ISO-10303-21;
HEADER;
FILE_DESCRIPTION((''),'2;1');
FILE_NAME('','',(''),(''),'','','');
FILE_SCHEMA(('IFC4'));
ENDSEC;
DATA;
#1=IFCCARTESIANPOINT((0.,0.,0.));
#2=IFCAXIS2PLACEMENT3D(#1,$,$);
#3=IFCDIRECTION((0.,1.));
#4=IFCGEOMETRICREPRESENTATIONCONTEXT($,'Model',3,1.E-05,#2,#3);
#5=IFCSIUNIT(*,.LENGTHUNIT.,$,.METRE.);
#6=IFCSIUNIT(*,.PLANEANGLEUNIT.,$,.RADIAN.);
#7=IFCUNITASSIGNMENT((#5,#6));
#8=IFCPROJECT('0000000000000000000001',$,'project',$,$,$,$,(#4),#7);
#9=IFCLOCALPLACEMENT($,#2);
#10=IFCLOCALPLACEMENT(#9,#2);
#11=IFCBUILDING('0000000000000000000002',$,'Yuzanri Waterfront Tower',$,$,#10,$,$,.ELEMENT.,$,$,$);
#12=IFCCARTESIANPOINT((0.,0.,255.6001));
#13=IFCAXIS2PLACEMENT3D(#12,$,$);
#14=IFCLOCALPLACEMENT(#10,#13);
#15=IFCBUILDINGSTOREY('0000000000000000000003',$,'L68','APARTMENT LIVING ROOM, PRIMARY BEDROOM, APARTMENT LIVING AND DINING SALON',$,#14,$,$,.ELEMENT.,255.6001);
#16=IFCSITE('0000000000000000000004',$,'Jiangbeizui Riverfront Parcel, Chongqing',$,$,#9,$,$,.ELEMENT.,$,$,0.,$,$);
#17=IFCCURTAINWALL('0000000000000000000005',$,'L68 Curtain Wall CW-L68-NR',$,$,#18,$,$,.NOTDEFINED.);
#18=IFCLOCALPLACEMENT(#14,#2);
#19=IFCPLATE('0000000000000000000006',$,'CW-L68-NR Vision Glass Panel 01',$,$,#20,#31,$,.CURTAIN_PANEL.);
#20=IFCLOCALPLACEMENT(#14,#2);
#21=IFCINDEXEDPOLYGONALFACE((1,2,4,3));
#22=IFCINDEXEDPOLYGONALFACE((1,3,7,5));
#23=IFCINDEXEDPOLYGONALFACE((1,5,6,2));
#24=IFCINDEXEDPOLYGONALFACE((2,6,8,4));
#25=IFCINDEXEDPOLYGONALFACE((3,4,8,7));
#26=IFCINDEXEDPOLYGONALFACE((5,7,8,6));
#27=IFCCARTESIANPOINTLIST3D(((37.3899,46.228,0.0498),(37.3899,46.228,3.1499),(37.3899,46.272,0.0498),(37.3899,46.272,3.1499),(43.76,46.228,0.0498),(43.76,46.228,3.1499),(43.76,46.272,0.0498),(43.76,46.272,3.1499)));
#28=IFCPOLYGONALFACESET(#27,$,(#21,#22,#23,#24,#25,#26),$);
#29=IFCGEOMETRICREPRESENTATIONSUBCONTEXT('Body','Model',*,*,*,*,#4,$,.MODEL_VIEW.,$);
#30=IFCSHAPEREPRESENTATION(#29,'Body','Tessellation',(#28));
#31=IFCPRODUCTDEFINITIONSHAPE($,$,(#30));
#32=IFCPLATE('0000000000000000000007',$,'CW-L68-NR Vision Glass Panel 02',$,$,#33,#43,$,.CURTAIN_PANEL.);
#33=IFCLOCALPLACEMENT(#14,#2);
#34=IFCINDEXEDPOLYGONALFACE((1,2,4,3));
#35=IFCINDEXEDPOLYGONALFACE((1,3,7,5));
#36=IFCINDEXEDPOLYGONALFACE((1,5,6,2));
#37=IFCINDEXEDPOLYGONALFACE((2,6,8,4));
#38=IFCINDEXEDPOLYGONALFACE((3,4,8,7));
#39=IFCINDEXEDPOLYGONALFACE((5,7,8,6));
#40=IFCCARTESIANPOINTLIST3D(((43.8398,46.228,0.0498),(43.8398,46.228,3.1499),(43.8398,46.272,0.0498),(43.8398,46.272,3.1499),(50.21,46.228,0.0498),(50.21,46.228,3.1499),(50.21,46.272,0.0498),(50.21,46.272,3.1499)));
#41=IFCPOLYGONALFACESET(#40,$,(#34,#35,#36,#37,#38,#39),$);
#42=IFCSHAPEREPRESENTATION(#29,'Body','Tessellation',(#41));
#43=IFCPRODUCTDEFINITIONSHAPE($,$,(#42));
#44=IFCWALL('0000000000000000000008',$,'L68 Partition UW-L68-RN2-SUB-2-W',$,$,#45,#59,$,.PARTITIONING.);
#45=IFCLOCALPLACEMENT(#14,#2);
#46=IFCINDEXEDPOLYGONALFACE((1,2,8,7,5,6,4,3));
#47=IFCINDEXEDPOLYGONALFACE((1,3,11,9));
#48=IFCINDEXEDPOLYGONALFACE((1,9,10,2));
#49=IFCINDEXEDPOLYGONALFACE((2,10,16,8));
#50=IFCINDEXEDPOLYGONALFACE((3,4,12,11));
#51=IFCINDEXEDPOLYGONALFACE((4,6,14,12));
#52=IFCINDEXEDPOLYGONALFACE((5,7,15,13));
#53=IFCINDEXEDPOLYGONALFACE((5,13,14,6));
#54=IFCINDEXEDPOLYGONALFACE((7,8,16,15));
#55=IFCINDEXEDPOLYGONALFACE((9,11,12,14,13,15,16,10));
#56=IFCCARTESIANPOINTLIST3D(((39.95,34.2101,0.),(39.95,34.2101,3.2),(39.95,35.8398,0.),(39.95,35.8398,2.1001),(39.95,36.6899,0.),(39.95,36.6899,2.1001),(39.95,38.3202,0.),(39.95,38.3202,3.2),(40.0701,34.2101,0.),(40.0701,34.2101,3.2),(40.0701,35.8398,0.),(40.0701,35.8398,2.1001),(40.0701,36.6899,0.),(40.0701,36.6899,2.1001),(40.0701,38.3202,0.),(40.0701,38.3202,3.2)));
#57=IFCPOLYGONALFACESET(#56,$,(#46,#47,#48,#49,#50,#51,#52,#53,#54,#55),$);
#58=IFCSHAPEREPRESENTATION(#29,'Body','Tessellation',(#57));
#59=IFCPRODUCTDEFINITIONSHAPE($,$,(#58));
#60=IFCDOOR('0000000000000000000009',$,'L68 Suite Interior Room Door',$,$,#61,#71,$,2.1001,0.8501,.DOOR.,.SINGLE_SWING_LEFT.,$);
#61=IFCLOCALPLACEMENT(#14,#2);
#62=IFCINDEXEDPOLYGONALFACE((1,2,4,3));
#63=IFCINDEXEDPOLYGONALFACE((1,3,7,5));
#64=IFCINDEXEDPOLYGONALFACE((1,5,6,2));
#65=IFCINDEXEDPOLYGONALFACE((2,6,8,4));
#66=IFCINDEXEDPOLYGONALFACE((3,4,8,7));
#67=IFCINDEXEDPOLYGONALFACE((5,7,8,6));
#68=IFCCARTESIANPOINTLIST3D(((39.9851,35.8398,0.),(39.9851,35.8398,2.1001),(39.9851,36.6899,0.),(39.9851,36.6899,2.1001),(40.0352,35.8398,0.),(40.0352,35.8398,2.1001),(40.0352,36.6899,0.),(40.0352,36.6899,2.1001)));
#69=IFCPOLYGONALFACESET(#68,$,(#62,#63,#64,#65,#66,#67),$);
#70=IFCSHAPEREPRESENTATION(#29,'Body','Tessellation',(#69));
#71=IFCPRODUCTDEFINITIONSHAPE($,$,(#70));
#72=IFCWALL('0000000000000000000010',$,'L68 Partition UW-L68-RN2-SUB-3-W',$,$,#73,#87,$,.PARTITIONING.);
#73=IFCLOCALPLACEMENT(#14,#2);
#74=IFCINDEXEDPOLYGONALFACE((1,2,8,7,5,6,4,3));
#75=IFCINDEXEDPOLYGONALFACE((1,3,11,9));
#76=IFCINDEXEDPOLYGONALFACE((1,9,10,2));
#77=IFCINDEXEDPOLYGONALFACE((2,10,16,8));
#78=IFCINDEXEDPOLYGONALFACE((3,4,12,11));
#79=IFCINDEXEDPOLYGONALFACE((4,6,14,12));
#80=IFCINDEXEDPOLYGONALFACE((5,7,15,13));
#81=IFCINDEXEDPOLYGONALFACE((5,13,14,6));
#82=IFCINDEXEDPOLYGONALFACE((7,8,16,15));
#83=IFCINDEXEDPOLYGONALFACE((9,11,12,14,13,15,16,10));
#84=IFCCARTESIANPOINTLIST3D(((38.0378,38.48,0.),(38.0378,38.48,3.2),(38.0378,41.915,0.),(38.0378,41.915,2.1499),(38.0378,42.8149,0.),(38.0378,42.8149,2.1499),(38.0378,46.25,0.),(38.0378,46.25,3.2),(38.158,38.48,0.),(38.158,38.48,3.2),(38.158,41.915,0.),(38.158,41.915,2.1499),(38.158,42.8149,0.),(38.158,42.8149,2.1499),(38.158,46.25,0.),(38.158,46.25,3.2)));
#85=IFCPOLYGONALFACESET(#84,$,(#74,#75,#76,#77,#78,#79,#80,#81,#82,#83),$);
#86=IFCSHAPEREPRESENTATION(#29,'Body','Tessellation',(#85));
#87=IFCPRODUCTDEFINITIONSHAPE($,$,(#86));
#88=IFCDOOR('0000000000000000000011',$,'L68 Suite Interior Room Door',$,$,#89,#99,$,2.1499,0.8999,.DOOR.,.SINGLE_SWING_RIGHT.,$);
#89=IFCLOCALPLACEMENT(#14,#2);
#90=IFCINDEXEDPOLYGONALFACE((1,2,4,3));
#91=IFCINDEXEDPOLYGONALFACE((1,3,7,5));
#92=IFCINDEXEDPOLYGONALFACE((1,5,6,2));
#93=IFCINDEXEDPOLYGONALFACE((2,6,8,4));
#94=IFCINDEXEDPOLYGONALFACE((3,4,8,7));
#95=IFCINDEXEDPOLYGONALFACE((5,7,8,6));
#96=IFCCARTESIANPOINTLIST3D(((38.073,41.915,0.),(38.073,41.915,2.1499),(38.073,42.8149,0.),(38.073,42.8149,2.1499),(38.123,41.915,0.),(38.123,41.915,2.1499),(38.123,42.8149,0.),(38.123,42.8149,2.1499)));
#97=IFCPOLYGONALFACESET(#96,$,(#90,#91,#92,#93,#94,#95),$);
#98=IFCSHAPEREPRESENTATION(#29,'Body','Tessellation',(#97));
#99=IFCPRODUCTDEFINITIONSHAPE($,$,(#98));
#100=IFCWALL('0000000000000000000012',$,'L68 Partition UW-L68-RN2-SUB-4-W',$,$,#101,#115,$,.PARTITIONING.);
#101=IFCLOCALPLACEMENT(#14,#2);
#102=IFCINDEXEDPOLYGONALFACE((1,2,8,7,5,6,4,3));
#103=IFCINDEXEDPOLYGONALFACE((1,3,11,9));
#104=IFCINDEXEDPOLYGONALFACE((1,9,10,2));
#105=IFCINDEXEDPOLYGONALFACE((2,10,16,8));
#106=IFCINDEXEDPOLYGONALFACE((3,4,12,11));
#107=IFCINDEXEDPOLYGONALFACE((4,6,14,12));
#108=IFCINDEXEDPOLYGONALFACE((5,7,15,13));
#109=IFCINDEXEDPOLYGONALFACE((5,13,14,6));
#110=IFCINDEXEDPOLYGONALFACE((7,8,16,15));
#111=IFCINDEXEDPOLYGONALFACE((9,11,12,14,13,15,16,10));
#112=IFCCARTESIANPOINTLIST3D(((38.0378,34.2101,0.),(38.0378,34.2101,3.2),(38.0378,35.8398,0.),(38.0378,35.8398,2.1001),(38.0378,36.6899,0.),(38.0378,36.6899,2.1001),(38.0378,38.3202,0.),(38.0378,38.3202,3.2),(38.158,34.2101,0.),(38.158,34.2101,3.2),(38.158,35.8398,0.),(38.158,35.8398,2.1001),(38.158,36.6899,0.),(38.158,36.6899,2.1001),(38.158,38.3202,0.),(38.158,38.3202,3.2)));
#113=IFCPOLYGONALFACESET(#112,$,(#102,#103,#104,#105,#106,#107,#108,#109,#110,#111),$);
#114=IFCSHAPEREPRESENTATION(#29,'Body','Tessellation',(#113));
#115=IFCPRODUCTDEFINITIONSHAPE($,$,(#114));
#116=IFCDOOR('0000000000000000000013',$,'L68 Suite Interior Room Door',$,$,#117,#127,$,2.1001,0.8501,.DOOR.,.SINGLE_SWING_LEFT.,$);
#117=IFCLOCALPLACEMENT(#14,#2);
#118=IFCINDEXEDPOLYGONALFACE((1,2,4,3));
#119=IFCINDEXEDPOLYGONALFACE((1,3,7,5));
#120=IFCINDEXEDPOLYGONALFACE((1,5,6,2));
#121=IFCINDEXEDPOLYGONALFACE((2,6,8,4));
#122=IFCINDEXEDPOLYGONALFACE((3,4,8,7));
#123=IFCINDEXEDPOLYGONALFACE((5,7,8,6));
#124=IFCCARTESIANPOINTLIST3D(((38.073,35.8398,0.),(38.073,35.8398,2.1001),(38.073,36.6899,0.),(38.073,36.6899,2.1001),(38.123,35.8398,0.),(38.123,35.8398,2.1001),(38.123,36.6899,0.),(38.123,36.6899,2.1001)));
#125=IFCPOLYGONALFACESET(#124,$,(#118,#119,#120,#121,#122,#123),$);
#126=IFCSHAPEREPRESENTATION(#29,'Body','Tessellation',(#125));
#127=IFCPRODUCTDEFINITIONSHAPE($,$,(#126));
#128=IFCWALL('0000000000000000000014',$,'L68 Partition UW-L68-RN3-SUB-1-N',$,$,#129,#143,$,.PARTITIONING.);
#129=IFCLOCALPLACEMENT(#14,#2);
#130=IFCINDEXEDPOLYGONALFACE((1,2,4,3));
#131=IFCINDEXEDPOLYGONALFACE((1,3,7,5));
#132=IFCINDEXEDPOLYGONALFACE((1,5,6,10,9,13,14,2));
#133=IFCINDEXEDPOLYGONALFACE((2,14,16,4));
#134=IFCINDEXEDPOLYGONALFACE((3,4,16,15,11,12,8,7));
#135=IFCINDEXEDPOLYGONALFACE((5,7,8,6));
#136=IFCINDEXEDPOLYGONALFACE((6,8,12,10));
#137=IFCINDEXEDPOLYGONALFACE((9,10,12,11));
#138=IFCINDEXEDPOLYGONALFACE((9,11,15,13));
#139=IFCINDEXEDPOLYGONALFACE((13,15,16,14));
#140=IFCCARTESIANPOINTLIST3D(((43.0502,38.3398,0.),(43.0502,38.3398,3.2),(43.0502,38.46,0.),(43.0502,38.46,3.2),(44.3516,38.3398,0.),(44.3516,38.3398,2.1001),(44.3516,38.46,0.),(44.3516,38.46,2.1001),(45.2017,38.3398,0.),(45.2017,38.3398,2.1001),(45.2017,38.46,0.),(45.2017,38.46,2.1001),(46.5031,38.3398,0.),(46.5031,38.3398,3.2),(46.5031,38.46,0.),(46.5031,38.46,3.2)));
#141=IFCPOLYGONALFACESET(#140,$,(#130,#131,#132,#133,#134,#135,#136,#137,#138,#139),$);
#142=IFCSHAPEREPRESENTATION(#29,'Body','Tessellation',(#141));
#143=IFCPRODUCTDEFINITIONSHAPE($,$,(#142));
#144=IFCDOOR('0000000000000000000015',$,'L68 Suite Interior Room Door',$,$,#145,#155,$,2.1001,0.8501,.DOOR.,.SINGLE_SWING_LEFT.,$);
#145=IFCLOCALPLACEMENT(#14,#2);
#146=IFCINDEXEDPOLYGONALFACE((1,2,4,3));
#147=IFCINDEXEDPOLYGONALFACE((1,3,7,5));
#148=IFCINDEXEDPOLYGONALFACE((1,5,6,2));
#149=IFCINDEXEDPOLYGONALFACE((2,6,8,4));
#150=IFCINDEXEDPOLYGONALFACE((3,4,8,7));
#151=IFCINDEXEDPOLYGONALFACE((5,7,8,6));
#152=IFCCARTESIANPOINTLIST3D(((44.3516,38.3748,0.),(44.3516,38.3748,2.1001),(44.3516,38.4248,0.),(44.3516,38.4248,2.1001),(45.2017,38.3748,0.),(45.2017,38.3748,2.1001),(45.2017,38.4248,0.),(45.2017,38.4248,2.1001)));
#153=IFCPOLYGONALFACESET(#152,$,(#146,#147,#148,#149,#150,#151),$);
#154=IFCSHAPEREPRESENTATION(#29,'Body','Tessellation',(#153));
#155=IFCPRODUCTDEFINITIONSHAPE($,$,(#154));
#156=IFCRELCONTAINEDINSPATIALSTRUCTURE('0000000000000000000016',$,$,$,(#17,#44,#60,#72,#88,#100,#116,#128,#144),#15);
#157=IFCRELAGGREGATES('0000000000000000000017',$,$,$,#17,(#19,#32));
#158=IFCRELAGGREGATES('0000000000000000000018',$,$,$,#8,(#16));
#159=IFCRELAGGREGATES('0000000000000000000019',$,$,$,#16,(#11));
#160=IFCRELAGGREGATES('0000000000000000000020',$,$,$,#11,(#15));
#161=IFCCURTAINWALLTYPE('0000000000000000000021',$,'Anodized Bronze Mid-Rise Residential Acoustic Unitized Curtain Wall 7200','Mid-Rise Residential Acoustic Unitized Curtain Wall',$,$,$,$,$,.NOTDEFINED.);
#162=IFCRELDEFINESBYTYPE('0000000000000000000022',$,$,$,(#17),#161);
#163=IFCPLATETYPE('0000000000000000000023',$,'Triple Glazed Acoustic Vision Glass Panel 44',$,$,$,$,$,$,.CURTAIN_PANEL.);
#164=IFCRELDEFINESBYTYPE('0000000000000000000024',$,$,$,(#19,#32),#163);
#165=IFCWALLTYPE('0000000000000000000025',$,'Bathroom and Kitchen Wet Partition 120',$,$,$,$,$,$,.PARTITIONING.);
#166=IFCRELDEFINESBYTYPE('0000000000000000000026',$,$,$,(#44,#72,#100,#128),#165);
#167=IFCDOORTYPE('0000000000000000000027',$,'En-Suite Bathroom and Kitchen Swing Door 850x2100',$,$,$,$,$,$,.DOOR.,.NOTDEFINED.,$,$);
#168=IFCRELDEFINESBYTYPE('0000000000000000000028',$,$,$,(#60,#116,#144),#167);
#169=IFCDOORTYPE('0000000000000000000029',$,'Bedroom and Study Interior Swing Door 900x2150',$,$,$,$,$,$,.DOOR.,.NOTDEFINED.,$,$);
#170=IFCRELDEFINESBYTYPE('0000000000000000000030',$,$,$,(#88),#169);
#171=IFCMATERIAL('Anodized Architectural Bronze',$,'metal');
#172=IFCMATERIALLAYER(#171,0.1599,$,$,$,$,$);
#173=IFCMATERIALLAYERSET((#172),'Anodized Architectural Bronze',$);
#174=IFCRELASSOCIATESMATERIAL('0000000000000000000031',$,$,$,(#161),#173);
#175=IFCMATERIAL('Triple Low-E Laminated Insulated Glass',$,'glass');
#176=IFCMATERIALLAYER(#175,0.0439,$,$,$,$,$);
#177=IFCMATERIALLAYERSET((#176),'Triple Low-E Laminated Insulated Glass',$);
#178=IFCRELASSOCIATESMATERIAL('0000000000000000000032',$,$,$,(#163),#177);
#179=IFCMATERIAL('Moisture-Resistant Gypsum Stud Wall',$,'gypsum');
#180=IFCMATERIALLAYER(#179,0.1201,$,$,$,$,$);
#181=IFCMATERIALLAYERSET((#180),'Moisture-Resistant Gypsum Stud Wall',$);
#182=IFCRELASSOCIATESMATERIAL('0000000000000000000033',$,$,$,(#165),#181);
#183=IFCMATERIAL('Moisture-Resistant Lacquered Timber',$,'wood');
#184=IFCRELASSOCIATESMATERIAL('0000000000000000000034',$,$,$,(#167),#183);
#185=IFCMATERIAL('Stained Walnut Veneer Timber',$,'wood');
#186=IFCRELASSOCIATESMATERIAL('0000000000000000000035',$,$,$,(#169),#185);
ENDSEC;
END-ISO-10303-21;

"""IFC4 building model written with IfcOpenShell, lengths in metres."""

from ifc_helpers import new_model, si_unit, direction, frame, frame_2d, origin, origin_2d, place, context, subcontext, project, spatial, rectangle, extrude, source, transform, mapped, material, layer, layer_set, type_object, element, fill, aggregate, save


model = new_model("IFC4")

# Units and contexts
model_context = context("Model", 3, precision=1e-05, world=origin(), true_north=direction((0.0, 1.0)))
body_context = subcontext(model_context, "Body", "Model", "MODEL_VIEW")
ifc_project = project(units=[si_unit("LENGTHUNIT", "METRE"), si_unit("PLANEANGLEUNIT", "RADIAN")], contexts=[model_context])

# Site, building, storey
site_placement = place(None, origin())
site = spatial("IfcSite", under=ifc_project, at=site_placement, Name="Jiangbeizui Riverfront Parcel, Chongqing", CompositionType="ELEMENT", RefElevation=0.0)
building_placement = place(site_placement, origin())
building = spatial("IfcBuilding", under=site, at=building_placement, Name="Yuzanri Waterfront Tower", CompositionType="ELEMENT")
storey_placement = place(building_placement, frame((0.0, 0.0, 255.6001)))
storey = spatial("IfcBuildingStorey", under=building, at=storey_placement, Name="L68", Description="APARTMENT LIVING ROOM, PRIMARY BEDROOM, APARTMENT LIVING AND DINING SALON", CompositionType="ELEMENT", Elevation=255.6001)

# Curtain wall, plates
ifc_material_1 = material(Name="Anodized Architectural Bronze", Category="metal")
ifc_layer_1 = layer(ifc_material_1, 0.1599)
ifc_layer_set_1 = layer_set([ifc_layer_1], Name="Anodized Architectural Bronze")
curtain_wall_type = type_object("IfcCurtainWallType", Name="Anodized Bronze Mid-Rise Residential Acoustic Unitized Curtain Wall 7200", Description="Mid-Rise Residential Acoustic Unitized Curtain Wall", PredefinedType="NOTDEFINED", material=ifc_layer_set_1)
curtain_wall_placement = place(storey_placement, origin())
curtain_wall = element("IfcCurtainWall", 1, at=curtain_wall_placement, inside=storey, type_object=curtain_wall_type, Name="L68 Curtain Wall CW-L68-NR", PredefinedType="NOTDEFINED")
ifc_material_2 = material(Name="Triple Low-E Laminated Insulated Glass", Category="glass")
ifc_layer_2 = layer(ifc_material_2, 0.0439)
ifc_layer_set_2 = layer_set([ifc_layer_2], Name="Triple Low-E Laminated Insulated Glass")
plate_type = type_object("IfcPlateType", Name="Triple Glazed Acoustic Vision Glass Panel 44", PredefinedType="CURTAIN_PANEL", material=ifc_layer_set_2)
shared_shape_1 = source(origin(), body_context, "Body", "SweptSolid", [
    extrude(rectangle(XDim=6.3701, YDim=0.0439, at=origin_2d()), origin(), (0.0, 0.0, 1.0), 3.1001),
])
plate_1_placement = place(storey_placement, frame((40.575, 46.25, 0.0498), z_axis=(0.0, 0.0, 1.0), x_axis=(1.0, 0.0, 0.0)))
plate_1 = element("IfcPlate", 2, at=plate_1_placement, type_object=plate_type, Name="CW-L68-NR Vision Glass Panel 01", PredefinedType="CURTAIN_PANEL", context=body_context, shape_type="MappedRepresentation", body=[
    mapped(shared_shape_1, transform((0.0, 0.0, 0.0), scale=1.0)),
])
plate_2_placement = place(storey_placement, frame((47.0249, 46.25, 0.0498), z_axis=(0.0, 0.0, 1.0), x_axis=(1.0, 0.0, 0.0)))
plate_2 = element("IfcPlate", 3, at=plate_2_placement, type_object=plate_type, Name="CW-L68-NR Vision Glass Panel 02", PredefinedType="CURTAIN_PANEL", context=body_context, shape_type="MappedRepresentation", body=[
    mapped(shared_shape_1, transform((0.0, 0.0, 0.0), scale=1.0)),
])
aggregate(curtain_wall, [plate_1, plate_2])

# Walls, openings, doors
ifc_material_3 = material(Name="Moisture-Resistant Gypsum Stud Wall", Category="gypsum")
ifc_layer_3 = layer(ifc_material_3, 0.1201)
ifc_layer_set_3 = layer_set([ifc_layer_3], Name="Moisture-Resistant Gypsum Stud Wall")
wall_type_1 = type_object("IfcWallType", Name="Bathroom and Kitchen Wet Partition 120", PredefinedType="PARTITIONING", material=ifc_layer_set_3)
wall_1_placement = place(storey_placement, frame((40.01, 34.21, 0.0), z_axis=(0.0, 0.0, 1.0), x_axis=(0.0, 1.0, 0.0)))
wall_1 = element("IfcWall", 4, at=wall_1_placement, inside=storey, type_object=wall_type_1, Name="L68 Partition UW-L68-RN2-SUB-2-W", PredefinedType="PARTITIONING", context=body_context, shape_type="SweptSolid", body=[
    extrude(rectangle(XDim=4.1101, YDim=0.1201, at=frame_2d((2.0552, 0.0))), origin(), (0.0, 0.0, 1.0), 3.2),
])
opening_1_placement = place(wall_1_placement, frame((1.6299, 0.0, 0.0)))
opening_1 = element("IfcOpeningElement", 5, at=opening_1_placement, cuts=wall_1, PredefinedType="OPENING", context=body_context, shape_type="SweptSolid", body=[
    extrude(rectangle(XDim=0.8501, YDim=2.1001, at=frame_2d((0.425, 1.05))), frame((0.0, 0.075, 0.0), z_axis=(0.0, -1.0, 0.0), x_axis=(1.0, 0.0, 0.0)), (0.0, 0.0, 1.0), 0.1499),
])
ifc_material_4 = material(Name="Moisture-Resistant Lacquered Timber", Category="wood")
door_type_1 = type_object("IfcDoorType", Name="En-Suite Bathroom and Kitchen Swing Door 850x2100", OperationType="NOTDEFINED", PredefinedType="DOOR", material=ifc_material_4)
shared_shape_2 = source(origin(), body_context, "Body", "SweptSolid", [
    extrude(rectangle(XDim=0.8501, YDim=2.1001, at=frame_2d((0.425, 1.05))), frame((0.0, 0.0249, 0.0), z_axis=(0.0, -1.0, 0.0), x_axis=(1.0, 0.0, 0.0)), (0.0, 0.0, 1.0), 0.05),
])
door_1_placement = place(opening_1_placement, origin())
door_1 = element("IfcDoor", 6, at=door_1_placement, inside=storey, type_object=door_type_1, Name="L68 Suite Interior Room Door", OperationType="SINGLE_SWING_LEFT", OverallHeight=2.1001, OverallWidth=0.8501, PredefinedType="DOOR", context=body_context, shape_type="MappedRepresentation", body=[
    mapped(shared_shape_2, transform((0.0, 0.0, 0.0), scale=1.0)),
])
fill(opening_1, door_1)
wall_2_placement = place(storey_placement, frame((38.0979, 38.48, 0.0), z_axis=(0.0, 0.0, 1.0), x_axis=(0.0, 1.0, 0.0)))
wall_2 = element("IfcWall", 7, at=wall_2_placement, inside=storey, type_object=wall_type_1, Name="L68 Partition UW-L68-RN2-SUB-3-W", PredefinedType="PARTITIONING", context=body_context, shape_type="SweptSolid", body=[
    extrude(rectangle(XDim=7.77, YDim=0.1201, at=frame_2d((3.885, 0.0))), origin(), (0.0, 0.0, 1.0), 3.2),
])
opening_2_placement = place(wall_2_placement, frame((3.4351, 0.0, 0.0)))
opening_2 = element("IfcOpeningElement", 8, at=opening_2_placement, cuts=wall_2, PredefinedType="OPENING", context=body_context, shape_type="SweptSolid", body=[
    extrude(rectangle(XDim=0.8999, YDim=2.1499, at=frame_2d((0.45, 1.075))), frame((0.0, 0.075, 0.0), z_axis=(0.0, -1.0, 0.0), x_axis=(1.0, 0.0, 0.0)), (0.0, 0.0, 1.0), 0.1499),
])
ifc_material_5 = material(Name="Stained Walnut Veneer Timber", Category="wood")
door_type_2 = type_object("IfcDoorType", Name="Bedroom and Study Interior Swing Door 900x2150", OperationType="NOTDEFINED", PredefinedType="DOOR", material=ifc_material_5)
shared_shape_3 = source(origin(), body_context, "Body", "SweptSolid", [
    extrude(rectangle(XDim=0.8999, YDim=2.1499, at=frame_2d((0.45, 1.075))), frame((0.0, 0.0249, 0.0), z_axis=(0.0, -1.0, 0.0), x_axis=(1.0, 0.0, 0.0)), (0.0, 0.0, 1.0), 0.05),
])
door_2_placement = place(opening_2_placement, origin())
door_2 = element("IfcDoor", 9, at=door_2_placement, inside=storey, type_object=door_type_2, Name="L68 Suite Interior Room Door", OperationType="SINGLE_SWING_RIGHT", OverallHeight=2.1499, OverallWidth=0.8999, PredefinedType="DOOR", context=body_context, shape_type="MappedRepresentation", body=[
    mapped(shared_shape_3, transform((0.0, 0.0, 0.0), scale=1.0)),
])
fill(opening_2, door_2)
wall_3_placement = place(storey_placement, frame((38.0979, 34.21, 0.0), z_axis=(0.0, 0.0, 1.0), x_axis=(0.0, 1.0, 0.0)))
wall_3 = element("IfcWall", 10, at=wall_3_placement, inside=storey, type_object=wall_type_1, Name="L68 Partition UW-L68-RN2-SUB-4-W", PredefinedType="PARTITIONING", context=body_context, shape_type="SweptSolid", body=[
    extrude(rectangle(XDim=4.1101, YDim=0.1201, at=frame_2d((2.0552, 0.0))), origin(), (0.0, 0.0, 1.0), 3.2),
])
opening_3_placement = place(wall_3_placement, frame((1.6299, 0.0, 0.0)))
opening_3 = element("IfcOpeningElement", 11, at=opening_3_placement, cuts=wall_3, PredefinedType="OPENING", context=body_context, shape_type="SweptSolid", body=[
    extrude(rectangle(XDim=0.8501, YDim=2.1001, at=frame_2d((0.425, 1.05))), frame((0.0, 0.075, 0.0), z_axis=(0.0, -1.0, 0.0), x_axis=(1.0, 0.0, 0.0)), (0.0, 0.0, 1.0), 0.1499),
])
door_3_placement = place(opening_3_placement, origin())
door_3 = element("IfcDoor", 12, at=door_3_placement, inside=storey, type_object=door_type_1, Name="L68 Suite Interior Room Door", OperationType="SINGLE_SWING_LEFT", OverallHeight=2.1001, OverallWidth=0.8501, PredefinedType="DOOR", context=body_context, shape_type="MappedRepresentation", body=[
    mapped(shared_shape_2, transform((0.0, 0.0, 0.0), scale=1.0)),
])
fill(opening_3, door_3)
wall_4_placement = place(storey_placement, frame((43.05, 38.3999, 0.0), z_axis=(0.0, 0.0, 1.0), x_axis=(1.0, 0.0, 0.0)))
wall_4 = element("IfcWall", 13, at=wall_4_placement, inside=storey, type_object=wall_type_1, Name="L68 Partition UW-L68-RN3-SUB-1-N", PredefinedType="PARTITIONING", context=body_context, shape_type="SweptSolid", body=[
    extrude(rectangle(XDim=3.4529, YDim=0.1201, at=frame_2d((1.7266, 0.0))), origin(), (0.0, 0.0, 1.0), 3.2),
])
opening_4_placement = place(wall_4_placement, frame((1.3015, 0.0, 0.0)))
opening_4 = element("IfcOpeningElement", 14, at=opening_4_placement, cuts=wall_4, PredefinedType="OPENING", context=body_context, shape_type="SweptSolid", body=[
    extrude(rectangle(XDim=0.8501, YDim=2.1001, at=frame_2d((0.425, 1.05))), frame((0.0, 0.075, 0.0), z_axis=(0.0, -1.0, 0.0), x_axis=(1.0, 0.0, 0.0)), (0.0, 0.0, 1.0), 0.1499),
])
door_4_placement = place(opening_4_placement, origin())
door_4 = element("IfcDoor", 15, at=door_4_placement, inside=storey, type_object=door_type_1, Name="L68 Suite Interior Room Door", OperationType="SINGLE_SWING_LEFT", OverallHeight=2.1001, OverallWidth=0.8501, PredefinedType="DOOR", context=body_context, shape_type="MappedRepresentation", body=[
    mapped(shared_shape_2, transform((0.0, 0.0, 0.0), scale=1.0)),
])
fill(opening_4, door_4)

save(model, "model.ifc")
